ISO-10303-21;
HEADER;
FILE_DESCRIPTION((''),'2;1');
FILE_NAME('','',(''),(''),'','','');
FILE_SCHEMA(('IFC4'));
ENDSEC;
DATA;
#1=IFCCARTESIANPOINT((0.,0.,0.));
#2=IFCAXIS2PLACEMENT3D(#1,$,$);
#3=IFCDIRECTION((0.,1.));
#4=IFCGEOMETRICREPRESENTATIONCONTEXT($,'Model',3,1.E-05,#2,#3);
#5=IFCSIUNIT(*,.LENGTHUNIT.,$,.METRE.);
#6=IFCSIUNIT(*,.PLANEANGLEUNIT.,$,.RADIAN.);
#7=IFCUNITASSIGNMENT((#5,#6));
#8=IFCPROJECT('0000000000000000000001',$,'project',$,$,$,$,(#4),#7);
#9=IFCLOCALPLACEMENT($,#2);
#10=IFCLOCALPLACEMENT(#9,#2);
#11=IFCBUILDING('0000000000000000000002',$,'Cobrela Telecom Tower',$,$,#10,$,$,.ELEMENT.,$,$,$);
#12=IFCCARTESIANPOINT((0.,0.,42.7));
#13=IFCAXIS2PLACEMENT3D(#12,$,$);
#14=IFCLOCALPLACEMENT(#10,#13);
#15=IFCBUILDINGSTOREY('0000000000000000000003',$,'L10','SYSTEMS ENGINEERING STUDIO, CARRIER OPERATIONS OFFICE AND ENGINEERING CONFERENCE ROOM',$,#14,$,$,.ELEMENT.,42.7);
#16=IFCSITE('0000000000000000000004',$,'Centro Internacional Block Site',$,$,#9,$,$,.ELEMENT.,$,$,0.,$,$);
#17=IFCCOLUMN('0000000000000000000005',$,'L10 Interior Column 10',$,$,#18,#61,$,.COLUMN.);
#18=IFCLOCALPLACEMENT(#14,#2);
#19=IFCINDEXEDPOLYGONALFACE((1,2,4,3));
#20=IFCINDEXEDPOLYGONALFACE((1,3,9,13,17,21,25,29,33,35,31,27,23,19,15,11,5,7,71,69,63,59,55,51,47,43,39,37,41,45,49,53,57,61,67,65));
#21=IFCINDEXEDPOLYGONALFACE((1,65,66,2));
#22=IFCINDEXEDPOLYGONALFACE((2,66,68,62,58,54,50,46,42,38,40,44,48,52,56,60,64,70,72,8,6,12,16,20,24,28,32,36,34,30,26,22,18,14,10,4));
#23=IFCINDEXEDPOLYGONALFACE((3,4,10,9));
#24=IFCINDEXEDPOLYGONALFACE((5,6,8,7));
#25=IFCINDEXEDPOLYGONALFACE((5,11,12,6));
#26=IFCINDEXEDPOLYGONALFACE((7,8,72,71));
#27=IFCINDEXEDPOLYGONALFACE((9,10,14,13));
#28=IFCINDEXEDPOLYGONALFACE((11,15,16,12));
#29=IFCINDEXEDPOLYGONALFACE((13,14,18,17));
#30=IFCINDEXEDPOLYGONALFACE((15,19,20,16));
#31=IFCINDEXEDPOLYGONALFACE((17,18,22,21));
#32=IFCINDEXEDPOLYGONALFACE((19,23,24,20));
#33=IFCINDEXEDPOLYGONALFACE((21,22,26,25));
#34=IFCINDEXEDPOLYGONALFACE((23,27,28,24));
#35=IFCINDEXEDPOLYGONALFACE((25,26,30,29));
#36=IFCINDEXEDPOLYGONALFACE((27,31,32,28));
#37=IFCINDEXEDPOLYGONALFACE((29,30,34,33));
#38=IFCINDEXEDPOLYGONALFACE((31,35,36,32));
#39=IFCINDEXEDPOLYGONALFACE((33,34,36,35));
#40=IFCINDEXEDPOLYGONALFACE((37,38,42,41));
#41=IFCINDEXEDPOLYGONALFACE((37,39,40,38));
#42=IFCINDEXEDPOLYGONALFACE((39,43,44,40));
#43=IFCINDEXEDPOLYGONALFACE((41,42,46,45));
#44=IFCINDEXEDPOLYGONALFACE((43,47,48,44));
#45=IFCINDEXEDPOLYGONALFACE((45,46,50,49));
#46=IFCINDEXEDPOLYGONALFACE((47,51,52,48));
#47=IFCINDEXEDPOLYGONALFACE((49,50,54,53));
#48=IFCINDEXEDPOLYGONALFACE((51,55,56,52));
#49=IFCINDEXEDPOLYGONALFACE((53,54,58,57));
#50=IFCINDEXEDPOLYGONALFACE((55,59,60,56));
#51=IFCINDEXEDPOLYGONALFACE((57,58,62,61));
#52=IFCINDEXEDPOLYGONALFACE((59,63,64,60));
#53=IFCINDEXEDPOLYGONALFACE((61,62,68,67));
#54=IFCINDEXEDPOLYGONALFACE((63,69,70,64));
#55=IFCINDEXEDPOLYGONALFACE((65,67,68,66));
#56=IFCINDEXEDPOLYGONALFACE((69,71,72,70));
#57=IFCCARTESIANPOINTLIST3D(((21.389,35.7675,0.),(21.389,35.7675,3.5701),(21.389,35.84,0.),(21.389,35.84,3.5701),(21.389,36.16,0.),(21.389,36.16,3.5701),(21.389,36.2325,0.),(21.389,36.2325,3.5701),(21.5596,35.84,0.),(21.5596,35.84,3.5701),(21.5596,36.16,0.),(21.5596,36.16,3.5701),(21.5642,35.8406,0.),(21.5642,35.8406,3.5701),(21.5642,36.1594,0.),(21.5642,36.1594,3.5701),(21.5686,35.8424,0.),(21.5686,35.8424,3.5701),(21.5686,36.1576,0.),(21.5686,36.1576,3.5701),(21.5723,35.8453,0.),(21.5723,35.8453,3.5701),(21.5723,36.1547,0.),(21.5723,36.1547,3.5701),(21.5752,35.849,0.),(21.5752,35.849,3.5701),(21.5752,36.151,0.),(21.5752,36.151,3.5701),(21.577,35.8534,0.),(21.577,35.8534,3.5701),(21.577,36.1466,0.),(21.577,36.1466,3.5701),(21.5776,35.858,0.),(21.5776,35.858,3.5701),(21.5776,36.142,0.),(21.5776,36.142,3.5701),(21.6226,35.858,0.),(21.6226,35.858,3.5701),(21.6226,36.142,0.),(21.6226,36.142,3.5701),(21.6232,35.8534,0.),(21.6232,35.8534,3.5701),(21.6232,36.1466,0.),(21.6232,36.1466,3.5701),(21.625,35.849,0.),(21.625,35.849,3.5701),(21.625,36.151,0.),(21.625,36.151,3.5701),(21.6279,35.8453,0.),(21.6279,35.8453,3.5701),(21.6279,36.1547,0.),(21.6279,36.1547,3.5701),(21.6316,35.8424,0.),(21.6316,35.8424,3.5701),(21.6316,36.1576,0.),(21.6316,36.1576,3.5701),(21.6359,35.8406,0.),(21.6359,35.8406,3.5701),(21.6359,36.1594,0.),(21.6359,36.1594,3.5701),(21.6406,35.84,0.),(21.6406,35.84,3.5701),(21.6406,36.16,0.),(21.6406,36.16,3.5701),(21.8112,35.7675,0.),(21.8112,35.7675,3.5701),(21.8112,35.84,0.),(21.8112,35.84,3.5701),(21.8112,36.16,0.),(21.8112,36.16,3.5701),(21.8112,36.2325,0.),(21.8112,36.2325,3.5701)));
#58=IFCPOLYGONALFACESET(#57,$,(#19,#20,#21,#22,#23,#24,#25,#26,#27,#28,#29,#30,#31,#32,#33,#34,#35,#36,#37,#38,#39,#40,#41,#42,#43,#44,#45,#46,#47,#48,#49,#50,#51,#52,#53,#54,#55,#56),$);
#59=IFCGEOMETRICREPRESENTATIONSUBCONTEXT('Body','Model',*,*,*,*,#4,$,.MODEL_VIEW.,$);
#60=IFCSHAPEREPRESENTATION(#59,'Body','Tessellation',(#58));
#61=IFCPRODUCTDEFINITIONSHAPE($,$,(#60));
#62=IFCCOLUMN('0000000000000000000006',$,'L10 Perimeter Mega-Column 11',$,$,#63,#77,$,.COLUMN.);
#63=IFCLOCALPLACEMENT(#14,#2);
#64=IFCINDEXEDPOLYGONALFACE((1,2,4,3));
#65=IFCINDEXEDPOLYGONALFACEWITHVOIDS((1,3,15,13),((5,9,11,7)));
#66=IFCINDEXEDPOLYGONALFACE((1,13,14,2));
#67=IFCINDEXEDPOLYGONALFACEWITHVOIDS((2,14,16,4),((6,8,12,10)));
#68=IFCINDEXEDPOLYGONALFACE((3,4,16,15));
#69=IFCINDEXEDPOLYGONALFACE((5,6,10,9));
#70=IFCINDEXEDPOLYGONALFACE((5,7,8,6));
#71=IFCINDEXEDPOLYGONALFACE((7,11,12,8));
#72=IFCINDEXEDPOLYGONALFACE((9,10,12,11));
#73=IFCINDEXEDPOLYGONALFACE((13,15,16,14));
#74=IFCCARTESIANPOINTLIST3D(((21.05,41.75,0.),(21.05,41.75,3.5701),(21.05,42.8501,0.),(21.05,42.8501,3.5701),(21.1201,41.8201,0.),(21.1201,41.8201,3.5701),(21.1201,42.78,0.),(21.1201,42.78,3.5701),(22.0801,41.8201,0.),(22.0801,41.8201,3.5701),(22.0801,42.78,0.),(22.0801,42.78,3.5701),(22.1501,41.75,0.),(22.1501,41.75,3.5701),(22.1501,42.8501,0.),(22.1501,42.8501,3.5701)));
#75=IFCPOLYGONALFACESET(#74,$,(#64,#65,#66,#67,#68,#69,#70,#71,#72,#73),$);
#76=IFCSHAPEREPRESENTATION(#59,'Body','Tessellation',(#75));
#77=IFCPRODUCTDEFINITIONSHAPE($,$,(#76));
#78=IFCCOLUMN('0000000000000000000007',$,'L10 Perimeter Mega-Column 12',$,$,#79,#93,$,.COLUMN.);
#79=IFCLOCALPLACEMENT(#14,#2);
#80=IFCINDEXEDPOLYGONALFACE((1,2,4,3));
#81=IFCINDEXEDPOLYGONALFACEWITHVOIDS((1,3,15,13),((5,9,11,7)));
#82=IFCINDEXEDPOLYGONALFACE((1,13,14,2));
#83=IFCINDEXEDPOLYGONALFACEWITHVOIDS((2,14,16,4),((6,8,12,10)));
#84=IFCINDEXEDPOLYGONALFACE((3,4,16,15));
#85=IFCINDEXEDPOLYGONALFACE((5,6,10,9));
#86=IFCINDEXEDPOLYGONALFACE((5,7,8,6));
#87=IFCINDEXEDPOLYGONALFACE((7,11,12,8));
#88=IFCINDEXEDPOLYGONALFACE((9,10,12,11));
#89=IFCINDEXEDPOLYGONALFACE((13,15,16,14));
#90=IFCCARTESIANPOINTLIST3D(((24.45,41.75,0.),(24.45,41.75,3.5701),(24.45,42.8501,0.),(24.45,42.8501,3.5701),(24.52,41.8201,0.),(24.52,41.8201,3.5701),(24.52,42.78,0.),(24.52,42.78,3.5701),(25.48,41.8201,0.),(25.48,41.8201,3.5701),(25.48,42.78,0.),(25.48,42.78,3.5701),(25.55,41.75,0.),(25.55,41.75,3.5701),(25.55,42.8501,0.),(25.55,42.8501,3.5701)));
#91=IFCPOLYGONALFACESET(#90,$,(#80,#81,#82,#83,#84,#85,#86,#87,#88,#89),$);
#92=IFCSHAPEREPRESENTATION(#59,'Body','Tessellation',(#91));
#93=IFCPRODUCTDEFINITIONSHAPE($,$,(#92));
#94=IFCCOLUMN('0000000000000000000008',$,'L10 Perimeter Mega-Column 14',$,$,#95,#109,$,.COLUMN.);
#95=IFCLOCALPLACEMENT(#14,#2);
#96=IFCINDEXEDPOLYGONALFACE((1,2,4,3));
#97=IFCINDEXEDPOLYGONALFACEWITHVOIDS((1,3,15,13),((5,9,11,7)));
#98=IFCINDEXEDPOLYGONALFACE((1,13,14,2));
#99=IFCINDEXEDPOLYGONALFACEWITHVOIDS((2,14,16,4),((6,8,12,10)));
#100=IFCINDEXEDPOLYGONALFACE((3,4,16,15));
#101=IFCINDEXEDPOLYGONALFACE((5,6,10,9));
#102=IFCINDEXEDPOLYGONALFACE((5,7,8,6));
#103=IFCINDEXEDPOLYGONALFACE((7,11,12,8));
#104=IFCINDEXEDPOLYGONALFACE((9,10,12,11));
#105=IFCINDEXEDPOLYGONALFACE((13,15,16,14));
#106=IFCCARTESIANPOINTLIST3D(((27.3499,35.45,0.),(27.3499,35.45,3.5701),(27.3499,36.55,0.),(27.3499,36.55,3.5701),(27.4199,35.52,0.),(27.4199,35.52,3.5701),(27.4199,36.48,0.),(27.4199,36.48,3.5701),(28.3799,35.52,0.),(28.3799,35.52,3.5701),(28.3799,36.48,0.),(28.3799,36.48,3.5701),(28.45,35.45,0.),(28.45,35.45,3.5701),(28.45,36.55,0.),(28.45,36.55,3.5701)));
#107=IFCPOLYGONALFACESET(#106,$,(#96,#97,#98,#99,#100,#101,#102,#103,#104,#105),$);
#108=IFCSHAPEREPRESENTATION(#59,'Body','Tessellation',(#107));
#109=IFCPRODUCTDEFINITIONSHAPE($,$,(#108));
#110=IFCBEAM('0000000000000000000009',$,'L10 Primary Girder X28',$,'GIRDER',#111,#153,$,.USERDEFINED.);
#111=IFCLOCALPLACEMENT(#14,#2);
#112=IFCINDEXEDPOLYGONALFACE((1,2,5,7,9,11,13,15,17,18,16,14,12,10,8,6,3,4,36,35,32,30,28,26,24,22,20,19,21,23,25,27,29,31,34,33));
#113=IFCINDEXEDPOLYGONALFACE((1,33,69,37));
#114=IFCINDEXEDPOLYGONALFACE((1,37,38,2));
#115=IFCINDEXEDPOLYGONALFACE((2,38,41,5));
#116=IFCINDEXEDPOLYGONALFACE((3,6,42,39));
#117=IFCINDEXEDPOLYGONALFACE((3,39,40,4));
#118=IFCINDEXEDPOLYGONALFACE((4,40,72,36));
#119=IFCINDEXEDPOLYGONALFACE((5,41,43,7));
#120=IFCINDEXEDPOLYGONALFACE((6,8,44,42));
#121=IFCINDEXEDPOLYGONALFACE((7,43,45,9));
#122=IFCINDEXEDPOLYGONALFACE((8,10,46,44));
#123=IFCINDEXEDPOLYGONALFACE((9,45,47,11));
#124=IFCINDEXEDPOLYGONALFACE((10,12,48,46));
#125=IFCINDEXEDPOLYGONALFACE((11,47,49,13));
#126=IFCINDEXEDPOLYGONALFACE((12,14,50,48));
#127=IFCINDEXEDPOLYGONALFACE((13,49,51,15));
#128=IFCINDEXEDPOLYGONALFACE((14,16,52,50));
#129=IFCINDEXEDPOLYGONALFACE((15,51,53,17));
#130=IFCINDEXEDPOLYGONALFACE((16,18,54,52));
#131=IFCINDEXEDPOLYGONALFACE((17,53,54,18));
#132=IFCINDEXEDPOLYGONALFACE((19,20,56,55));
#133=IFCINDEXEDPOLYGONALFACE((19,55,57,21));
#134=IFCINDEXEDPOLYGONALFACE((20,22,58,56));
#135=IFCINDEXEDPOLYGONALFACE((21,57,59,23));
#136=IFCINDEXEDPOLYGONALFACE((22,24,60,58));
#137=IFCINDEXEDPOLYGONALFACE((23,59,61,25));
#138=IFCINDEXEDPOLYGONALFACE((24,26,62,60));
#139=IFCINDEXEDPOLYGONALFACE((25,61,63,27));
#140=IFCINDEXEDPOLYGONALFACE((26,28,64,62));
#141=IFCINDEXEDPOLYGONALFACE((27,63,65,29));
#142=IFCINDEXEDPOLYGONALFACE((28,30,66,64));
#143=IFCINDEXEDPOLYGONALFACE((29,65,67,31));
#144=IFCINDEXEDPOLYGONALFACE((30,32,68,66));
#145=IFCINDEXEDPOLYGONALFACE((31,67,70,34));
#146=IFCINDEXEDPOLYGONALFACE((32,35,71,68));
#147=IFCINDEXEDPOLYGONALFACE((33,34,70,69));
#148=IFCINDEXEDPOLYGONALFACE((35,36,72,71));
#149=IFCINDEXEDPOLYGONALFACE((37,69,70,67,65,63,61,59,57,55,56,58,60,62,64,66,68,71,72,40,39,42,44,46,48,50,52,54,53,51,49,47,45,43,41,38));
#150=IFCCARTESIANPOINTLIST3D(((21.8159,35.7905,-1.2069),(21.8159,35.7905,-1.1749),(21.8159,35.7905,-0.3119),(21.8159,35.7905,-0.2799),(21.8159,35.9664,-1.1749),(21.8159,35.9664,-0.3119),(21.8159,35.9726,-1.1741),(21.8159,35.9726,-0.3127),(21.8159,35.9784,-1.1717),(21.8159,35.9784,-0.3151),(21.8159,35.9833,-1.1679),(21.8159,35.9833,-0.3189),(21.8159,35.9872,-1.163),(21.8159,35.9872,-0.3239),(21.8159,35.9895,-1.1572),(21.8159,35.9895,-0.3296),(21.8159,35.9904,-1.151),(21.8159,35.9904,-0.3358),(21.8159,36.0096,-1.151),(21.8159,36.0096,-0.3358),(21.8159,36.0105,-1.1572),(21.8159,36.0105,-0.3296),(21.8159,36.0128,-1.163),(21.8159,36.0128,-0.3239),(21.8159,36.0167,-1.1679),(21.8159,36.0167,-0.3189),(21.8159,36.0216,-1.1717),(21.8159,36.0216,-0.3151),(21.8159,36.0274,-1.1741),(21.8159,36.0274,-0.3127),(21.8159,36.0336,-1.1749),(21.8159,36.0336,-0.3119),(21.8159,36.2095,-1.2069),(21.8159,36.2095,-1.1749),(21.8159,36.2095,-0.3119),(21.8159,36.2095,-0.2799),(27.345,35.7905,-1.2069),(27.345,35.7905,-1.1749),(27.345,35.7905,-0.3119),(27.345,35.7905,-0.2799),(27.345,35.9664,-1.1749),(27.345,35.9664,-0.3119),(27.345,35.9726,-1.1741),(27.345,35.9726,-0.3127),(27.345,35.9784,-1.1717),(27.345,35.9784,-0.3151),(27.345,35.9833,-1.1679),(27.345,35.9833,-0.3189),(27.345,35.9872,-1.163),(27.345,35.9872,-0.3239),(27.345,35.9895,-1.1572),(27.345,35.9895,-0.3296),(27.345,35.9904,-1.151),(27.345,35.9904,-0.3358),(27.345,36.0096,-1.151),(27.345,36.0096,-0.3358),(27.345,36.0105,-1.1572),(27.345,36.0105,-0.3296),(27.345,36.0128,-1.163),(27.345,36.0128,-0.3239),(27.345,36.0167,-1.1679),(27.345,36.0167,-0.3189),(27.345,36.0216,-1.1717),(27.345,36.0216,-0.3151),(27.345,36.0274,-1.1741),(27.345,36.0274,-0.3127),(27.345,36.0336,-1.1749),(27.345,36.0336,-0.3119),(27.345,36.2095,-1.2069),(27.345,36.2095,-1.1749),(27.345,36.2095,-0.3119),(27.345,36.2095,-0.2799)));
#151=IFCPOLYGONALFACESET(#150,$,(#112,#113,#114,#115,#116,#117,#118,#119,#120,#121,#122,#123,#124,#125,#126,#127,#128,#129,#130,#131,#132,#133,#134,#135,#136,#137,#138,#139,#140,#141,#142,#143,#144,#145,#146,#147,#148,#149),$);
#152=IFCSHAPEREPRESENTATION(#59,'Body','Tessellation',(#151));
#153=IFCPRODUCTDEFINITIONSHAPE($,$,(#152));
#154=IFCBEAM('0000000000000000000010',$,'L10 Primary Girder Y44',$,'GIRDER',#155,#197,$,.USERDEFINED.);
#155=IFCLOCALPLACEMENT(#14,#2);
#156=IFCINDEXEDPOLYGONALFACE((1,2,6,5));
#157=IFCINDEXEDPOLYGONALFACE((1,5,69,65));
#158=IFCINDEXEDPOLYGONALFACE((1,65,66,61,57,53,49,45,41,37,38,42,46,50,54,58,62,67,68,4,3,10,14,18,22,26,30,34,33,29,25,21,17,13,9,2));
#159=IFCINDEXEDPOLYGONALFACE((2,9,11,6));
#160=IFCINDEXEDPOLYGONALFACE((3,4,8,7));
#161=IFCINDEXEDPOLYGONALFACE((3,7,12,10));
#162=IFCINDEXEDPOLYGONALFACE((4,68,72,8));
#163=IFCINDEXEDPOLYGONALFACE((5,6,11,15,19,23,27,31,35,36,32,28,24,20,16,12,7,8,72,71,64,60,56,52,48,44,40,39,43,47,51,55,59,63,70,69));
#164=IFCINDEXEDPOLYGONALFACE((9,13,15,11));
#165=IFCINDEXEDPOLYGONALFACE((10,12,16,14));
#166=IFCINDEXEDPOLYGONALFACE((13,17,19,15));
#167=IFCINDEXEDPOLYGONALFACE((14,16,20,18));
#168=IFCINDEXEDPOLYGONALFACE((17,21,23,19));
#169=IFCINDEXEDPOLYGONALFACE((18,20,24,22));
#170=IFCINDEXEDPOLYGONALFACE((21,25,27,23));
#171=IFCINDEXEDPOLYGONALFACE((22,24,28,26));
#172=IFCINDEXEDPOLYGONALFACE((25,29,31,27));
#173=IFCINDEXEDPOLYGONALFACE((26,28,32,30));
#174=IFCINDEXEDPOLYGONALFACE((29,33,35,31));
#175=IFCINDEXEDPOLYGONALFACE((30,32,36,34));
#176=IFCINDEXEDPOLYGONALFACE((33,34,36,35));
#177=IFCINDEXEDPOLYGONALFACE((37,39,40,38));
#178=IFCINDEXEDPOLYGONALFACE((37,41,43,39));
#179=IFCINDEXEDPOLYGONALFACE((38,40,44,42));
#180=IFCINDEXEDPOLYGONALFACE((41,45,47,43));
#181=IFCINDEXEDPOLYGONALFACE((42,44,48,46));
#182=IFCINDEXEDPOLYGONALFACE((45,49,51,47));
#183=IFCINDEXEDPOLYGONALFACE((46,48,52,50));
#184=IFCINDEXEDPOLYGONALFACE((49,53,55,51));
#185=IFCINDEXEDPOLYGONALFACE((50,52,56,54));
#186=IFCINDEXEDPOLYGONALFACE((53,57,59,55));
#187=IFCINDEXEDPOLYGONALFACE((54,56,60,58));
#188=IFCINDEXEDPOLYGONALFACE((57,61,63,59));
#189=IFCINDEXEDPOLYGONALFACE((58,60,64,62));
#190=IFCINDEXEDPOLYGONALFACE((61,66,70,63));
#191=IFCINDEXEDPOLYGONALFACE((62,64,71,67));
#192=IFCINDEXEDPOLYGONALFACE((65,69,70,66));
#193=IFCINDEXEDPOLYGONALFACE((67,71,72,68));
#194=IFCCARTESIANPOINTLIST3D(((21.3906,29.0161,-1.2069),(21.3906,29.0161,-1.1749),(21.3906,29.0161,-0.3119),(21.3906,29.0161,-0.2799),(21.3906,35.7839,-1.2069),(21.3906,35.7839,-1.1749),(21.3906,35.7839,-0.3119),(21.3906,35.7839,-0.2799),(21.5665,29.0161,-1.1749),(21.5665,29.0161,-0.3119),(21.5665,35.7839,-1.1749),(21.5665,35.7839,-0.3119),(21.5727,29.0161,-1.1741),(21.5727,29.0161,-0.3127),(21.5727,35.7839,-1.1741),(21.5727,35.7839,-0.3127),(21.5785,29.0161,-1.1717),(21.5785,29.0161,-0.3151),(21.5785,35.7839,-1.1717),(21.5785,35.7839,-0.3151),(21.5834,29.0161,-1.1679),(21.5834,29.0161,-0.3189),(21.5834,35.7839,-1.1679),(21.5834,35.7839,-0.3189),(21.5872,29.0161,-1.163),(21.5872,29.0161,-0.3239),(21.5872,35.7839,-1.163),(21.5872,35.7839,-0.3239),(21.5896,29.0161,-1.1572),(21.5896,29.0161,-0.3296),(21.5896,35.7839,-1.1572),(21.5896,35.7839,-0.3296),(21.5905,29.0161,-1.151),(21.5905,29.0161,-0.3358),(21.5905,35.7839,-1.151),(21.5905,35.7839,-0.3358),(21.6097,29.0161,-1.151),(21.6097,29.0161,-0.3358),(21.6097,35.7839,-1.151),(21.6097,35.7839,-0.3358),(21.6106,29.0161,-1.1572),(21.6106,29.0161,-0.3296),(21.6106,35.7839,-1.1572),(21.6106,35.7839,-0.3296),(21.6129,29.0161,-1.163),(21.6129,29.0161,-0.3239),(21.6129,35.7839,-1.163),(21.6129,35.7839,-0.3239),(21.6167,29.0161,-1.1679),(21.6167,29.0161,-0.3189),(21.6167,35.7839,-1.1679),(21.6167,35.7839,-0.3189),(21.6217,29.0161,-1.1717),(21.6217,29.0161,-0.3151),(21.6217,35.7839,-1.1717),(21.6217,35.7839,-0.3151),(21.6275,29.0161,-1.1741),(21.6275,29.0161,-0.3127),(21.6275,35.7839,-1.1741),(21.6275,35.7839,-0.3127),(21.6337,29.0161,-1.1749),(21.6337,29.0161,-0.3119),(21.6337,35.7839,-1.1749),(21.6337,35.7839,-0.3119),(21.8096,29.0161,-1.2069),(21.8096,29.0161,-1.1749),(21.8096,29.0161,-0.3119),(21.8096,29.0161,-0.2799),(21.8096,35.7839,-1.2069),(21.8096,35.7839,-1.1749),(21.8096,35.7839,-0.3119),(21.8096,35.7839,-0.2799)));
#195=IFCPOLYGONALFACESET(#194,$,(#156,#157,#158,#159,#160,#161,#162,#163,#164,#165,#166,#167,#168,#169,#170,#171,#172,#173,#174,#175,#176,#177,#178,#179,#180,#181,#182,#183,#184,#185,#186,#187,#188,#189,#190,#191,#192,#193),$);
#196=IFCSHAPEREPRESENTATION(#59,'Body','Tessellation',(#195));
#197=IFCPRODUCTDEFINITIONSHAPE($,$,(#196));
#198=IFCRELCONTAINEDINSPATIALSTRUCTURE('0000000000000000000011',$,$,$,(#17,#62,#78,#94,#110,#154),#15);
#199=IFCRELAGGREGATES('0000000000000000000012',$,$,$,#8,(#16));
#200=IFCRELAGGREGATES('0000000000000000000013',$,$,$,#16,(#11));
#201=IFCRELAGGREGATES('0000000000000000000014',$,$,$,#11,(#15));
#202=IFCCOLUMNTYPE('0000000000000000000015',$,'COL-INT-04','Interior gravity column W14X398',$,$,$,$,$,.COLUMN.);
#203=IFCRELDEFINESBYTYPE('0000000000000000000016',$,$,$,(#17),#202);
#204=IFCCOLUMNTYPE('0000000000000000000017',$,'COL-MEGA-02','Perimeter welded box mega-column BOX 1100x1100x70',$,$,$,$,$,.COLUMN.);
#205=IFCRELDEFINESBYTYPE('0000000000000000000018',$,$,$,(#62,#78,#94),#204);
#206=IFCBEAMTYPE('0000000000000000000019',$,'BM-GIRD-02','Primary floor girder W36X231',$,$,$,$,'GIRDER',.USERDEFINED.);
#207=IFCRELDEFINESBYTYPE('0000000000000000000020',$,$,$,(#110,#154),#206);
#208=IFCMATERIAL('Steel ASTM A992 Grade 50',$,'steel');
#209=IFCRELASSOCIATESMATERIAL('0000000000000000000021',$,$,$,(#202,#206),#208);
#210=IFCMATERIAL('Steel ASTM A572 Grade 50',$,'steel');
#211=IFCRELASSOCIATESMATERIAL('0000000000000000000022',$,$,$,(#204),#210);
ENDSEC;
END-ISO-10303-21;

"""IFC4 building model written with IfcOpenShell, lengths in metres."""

from ifc_helpers import new_model, si_unit, direction, frame, origin, origin_2d, place, context, subcontext, project, spatial, hollow_rectangle, i_section, extrude, material, material_profile, profile_set, type_object, element, save


model = new_model("IFC4")

# Units and contexts
model_context = context("Model", 3, precision=1e-05, world=origin(), true_north=direction((0.0, 1.0)))
body_context = subcontext(model_context, "Body", "Model", "MODEL_VIEW")
ifc_project = project(units=[si_unit("LENGTHUNIT", "METRE"), si_unit("PLANEANGLEUNIT", "RADIAN")], contexts=[model_context])

# Site, building, storey
site_placement = place(None, origin())
site = spatial("IfcSite", under=ifc_project, at=site_placement, Name="Centro Internacional Block Site", CompositionType="ELEMENT", RefElevation=0.0)
building_placement = place(site_placement, origin())
building = spatial("IfcBuilding", under=site, at=building_placement, Name="Cobrela Telecom Tower", CompositionType="ELEMENT")
storey_placement = place(building_placement, frame((0.0, 0.0, 42.7)))
storey = spatial("IfcBuildingStorey", under=building, at=storey_placement, Name="L10", Description="SYSTEMS ENGINEERING STUDIO, CARRIER OPERATIONS OFFICE AND ENGINEERING CONFERENCE ROOM", CompositionType="ELEMENT", Elevation=42.7)

# Columns
ifc_material_1 = material(Name="Steel ASTM A992 Grade 50", Category="steel")
ifc_material_profile_1 = material_profile(ifc_material_1, i_section(OverallWidth=0.4221, OverallDepth=0.4651, WebThickness=0.0449, FlangeThickness=0.0725, FilletRadius=0.0181, at=origin_2d()), Name="W14X398")
ifc_profile_set_1 = profile_set([ifc_material_profile_1], Name="Steel ASTM A992 Grade 50")
column_type_1 = type_object("IfcColumnType", Name="COL-INT-04", Description="Interior gravity column W14X398", PredefinedType="COLUMN", material=ifc_profile_set_1)
column_placement = place(storey_placement, frame((21.6001, 36.0, 0.0), z_axis=(0.0, 0.0, 1.0), x_axis=(1.0, 0.0, 0.0)))
element("IfcColumn", 1, at=column_placement, inside=storey, type_object=column_type_1, Name="L10 Interior Column 10", PredefinedType="COLUMN", context=body_context, shape_type="SweptSolid", body=[
    extrude(i_section(OverallWidth=0.4221, OverallDepth=0.4651, WebThickness=0.0449, FlangeThickness=0.0725, FilletRadius=0.0181, at=origin_2d()), origin(), (0.0, 0.0, 1.0), 3.5701),
])
ifc_material_2 = material(Name="Steel ASTM A572 Grade 50", Category="steel")
ifc_material_profile_2 = material_profile(ifc_material_2, hollow_rectangle(XDim=1.1001, YDim=1.1001, WallThickness=0.0701, at=origin_2d()), Name="BOX 1100x1100x70")
ifc_profile_set_2 = profile_set([ifc_material_profile_2], Name="Steel ASTM A572 Grade 50")
column_type_2 = type_object("IfcColumnType", Name="COL-MEGA-02", Description="Perimeter welded box mega-column BOX 1100x1100x70", PredefinedType="COLUMN", material=ifc_profile_set_2)
for number, where, z_axis, x_axis, name in (
    (2, (21.6001, 42.3, 0.0), (0.0, 0.0, 1.0), (1.0, 0.0, 0.0), "L10 Perimeter Mega-Column 11"),
    (3, (25.0, 42.3, 0.0), (0.0, 0.0, 1.0), (1.0, 0.0, 0.0), "L10 Perimeter Mega-Column 12"),
    (4, (27.8999, 36.0, 0.0), (0.0, 0.0, 1.0), (1.0, 0.0, 0.0), "L10 Perimeter Mega-Column 14"),
):
    element("IfcColumn", number, at=place(storey_placement, frame(where, z_axis=z_axis, x_axis=x_axis)), inside=storey, type_object=column_type_2, Name=name, PredefinedType="COLUMN", context=body_context, shape_type="SweptSolid", body=[
        extrude(hollow_rectangle(XDim=1.1001, YDim=1.1001, WallThickness=0.0701, at=origin_2d()), origin(), (0.0, 0.0, 1.0), 3.5701),
    ])

# Beams
ifc_material_profile_3 = material_profile(ifc_material_1, i_section(OverallWidth=0.4189, OverallDepth=0.927, WebThickness=0.0193, FlangeThickness=0.032, FilletRadius=0.0239, at=origin_2d()), Name="W36X231")
ifc_profile_set_3 = profile_set([ifc_material_profile_3], Name="Steel ASTM A992 Grade 50")
beam_type_1 = type_object("IfcBeamType", Name="BM-GIRD-02", Description="Primary floor girder W36X231", ElementType="GIRDER", PredefinedType="USERDEFINED", material=ifc_profile_set_3)
beam_1_placement = place(storey_placement, frame((21.8159, 36.0, -0.7434), z_axis=(1.0, 0.0, 0.0), x_axis=(0.0, 1.0, 0.0)))
element("IfcBeam", 5, at=beam_1_placement, inside=storey, type_object=beam_type_1, Name="L10 Primary Girder X28", ObjectType="GIRDER", PredefinedType="USERDEFINED", context=body_context, shape_type="SweptSolid", body=[
    extrude(i_section(OverallWidth=0.4189, OverallDepth=0.927, WebThickness=0.0193, FlangeThickness=0.032, FilletRadius=0.0239, at=origin_2d()), origin(), (0.0, 0.0, 1.0), 5.5291),
])
beam_2_placement = place(storey_placement, frame((21.6001, 29.0161, -0.7434), z_axis=(0.0, 1.0, 0.0), x_axis=(-1.0, 0.0, 0.0)))
element("IfcBeam", 6, at=beam_2_placement, inside=storey, type_object=beam_type_1, Name="L10 Primary Girder Y44", ObjectType="GIRDER", PredefinedType="USERDEFINED", context=body_context, shape_type="SweptSolid", body=[
    extrude(i_section(OverallWidth=0.4189, OverallDepth=0.927, WebThickness=0.0193, FlangeThickness=0.032, FilletRadius=0.0239, at=origin_2d()), origin(), (0.0, 0.0, 1.0), 6.7678),
])

save(model, "model.ifc")
